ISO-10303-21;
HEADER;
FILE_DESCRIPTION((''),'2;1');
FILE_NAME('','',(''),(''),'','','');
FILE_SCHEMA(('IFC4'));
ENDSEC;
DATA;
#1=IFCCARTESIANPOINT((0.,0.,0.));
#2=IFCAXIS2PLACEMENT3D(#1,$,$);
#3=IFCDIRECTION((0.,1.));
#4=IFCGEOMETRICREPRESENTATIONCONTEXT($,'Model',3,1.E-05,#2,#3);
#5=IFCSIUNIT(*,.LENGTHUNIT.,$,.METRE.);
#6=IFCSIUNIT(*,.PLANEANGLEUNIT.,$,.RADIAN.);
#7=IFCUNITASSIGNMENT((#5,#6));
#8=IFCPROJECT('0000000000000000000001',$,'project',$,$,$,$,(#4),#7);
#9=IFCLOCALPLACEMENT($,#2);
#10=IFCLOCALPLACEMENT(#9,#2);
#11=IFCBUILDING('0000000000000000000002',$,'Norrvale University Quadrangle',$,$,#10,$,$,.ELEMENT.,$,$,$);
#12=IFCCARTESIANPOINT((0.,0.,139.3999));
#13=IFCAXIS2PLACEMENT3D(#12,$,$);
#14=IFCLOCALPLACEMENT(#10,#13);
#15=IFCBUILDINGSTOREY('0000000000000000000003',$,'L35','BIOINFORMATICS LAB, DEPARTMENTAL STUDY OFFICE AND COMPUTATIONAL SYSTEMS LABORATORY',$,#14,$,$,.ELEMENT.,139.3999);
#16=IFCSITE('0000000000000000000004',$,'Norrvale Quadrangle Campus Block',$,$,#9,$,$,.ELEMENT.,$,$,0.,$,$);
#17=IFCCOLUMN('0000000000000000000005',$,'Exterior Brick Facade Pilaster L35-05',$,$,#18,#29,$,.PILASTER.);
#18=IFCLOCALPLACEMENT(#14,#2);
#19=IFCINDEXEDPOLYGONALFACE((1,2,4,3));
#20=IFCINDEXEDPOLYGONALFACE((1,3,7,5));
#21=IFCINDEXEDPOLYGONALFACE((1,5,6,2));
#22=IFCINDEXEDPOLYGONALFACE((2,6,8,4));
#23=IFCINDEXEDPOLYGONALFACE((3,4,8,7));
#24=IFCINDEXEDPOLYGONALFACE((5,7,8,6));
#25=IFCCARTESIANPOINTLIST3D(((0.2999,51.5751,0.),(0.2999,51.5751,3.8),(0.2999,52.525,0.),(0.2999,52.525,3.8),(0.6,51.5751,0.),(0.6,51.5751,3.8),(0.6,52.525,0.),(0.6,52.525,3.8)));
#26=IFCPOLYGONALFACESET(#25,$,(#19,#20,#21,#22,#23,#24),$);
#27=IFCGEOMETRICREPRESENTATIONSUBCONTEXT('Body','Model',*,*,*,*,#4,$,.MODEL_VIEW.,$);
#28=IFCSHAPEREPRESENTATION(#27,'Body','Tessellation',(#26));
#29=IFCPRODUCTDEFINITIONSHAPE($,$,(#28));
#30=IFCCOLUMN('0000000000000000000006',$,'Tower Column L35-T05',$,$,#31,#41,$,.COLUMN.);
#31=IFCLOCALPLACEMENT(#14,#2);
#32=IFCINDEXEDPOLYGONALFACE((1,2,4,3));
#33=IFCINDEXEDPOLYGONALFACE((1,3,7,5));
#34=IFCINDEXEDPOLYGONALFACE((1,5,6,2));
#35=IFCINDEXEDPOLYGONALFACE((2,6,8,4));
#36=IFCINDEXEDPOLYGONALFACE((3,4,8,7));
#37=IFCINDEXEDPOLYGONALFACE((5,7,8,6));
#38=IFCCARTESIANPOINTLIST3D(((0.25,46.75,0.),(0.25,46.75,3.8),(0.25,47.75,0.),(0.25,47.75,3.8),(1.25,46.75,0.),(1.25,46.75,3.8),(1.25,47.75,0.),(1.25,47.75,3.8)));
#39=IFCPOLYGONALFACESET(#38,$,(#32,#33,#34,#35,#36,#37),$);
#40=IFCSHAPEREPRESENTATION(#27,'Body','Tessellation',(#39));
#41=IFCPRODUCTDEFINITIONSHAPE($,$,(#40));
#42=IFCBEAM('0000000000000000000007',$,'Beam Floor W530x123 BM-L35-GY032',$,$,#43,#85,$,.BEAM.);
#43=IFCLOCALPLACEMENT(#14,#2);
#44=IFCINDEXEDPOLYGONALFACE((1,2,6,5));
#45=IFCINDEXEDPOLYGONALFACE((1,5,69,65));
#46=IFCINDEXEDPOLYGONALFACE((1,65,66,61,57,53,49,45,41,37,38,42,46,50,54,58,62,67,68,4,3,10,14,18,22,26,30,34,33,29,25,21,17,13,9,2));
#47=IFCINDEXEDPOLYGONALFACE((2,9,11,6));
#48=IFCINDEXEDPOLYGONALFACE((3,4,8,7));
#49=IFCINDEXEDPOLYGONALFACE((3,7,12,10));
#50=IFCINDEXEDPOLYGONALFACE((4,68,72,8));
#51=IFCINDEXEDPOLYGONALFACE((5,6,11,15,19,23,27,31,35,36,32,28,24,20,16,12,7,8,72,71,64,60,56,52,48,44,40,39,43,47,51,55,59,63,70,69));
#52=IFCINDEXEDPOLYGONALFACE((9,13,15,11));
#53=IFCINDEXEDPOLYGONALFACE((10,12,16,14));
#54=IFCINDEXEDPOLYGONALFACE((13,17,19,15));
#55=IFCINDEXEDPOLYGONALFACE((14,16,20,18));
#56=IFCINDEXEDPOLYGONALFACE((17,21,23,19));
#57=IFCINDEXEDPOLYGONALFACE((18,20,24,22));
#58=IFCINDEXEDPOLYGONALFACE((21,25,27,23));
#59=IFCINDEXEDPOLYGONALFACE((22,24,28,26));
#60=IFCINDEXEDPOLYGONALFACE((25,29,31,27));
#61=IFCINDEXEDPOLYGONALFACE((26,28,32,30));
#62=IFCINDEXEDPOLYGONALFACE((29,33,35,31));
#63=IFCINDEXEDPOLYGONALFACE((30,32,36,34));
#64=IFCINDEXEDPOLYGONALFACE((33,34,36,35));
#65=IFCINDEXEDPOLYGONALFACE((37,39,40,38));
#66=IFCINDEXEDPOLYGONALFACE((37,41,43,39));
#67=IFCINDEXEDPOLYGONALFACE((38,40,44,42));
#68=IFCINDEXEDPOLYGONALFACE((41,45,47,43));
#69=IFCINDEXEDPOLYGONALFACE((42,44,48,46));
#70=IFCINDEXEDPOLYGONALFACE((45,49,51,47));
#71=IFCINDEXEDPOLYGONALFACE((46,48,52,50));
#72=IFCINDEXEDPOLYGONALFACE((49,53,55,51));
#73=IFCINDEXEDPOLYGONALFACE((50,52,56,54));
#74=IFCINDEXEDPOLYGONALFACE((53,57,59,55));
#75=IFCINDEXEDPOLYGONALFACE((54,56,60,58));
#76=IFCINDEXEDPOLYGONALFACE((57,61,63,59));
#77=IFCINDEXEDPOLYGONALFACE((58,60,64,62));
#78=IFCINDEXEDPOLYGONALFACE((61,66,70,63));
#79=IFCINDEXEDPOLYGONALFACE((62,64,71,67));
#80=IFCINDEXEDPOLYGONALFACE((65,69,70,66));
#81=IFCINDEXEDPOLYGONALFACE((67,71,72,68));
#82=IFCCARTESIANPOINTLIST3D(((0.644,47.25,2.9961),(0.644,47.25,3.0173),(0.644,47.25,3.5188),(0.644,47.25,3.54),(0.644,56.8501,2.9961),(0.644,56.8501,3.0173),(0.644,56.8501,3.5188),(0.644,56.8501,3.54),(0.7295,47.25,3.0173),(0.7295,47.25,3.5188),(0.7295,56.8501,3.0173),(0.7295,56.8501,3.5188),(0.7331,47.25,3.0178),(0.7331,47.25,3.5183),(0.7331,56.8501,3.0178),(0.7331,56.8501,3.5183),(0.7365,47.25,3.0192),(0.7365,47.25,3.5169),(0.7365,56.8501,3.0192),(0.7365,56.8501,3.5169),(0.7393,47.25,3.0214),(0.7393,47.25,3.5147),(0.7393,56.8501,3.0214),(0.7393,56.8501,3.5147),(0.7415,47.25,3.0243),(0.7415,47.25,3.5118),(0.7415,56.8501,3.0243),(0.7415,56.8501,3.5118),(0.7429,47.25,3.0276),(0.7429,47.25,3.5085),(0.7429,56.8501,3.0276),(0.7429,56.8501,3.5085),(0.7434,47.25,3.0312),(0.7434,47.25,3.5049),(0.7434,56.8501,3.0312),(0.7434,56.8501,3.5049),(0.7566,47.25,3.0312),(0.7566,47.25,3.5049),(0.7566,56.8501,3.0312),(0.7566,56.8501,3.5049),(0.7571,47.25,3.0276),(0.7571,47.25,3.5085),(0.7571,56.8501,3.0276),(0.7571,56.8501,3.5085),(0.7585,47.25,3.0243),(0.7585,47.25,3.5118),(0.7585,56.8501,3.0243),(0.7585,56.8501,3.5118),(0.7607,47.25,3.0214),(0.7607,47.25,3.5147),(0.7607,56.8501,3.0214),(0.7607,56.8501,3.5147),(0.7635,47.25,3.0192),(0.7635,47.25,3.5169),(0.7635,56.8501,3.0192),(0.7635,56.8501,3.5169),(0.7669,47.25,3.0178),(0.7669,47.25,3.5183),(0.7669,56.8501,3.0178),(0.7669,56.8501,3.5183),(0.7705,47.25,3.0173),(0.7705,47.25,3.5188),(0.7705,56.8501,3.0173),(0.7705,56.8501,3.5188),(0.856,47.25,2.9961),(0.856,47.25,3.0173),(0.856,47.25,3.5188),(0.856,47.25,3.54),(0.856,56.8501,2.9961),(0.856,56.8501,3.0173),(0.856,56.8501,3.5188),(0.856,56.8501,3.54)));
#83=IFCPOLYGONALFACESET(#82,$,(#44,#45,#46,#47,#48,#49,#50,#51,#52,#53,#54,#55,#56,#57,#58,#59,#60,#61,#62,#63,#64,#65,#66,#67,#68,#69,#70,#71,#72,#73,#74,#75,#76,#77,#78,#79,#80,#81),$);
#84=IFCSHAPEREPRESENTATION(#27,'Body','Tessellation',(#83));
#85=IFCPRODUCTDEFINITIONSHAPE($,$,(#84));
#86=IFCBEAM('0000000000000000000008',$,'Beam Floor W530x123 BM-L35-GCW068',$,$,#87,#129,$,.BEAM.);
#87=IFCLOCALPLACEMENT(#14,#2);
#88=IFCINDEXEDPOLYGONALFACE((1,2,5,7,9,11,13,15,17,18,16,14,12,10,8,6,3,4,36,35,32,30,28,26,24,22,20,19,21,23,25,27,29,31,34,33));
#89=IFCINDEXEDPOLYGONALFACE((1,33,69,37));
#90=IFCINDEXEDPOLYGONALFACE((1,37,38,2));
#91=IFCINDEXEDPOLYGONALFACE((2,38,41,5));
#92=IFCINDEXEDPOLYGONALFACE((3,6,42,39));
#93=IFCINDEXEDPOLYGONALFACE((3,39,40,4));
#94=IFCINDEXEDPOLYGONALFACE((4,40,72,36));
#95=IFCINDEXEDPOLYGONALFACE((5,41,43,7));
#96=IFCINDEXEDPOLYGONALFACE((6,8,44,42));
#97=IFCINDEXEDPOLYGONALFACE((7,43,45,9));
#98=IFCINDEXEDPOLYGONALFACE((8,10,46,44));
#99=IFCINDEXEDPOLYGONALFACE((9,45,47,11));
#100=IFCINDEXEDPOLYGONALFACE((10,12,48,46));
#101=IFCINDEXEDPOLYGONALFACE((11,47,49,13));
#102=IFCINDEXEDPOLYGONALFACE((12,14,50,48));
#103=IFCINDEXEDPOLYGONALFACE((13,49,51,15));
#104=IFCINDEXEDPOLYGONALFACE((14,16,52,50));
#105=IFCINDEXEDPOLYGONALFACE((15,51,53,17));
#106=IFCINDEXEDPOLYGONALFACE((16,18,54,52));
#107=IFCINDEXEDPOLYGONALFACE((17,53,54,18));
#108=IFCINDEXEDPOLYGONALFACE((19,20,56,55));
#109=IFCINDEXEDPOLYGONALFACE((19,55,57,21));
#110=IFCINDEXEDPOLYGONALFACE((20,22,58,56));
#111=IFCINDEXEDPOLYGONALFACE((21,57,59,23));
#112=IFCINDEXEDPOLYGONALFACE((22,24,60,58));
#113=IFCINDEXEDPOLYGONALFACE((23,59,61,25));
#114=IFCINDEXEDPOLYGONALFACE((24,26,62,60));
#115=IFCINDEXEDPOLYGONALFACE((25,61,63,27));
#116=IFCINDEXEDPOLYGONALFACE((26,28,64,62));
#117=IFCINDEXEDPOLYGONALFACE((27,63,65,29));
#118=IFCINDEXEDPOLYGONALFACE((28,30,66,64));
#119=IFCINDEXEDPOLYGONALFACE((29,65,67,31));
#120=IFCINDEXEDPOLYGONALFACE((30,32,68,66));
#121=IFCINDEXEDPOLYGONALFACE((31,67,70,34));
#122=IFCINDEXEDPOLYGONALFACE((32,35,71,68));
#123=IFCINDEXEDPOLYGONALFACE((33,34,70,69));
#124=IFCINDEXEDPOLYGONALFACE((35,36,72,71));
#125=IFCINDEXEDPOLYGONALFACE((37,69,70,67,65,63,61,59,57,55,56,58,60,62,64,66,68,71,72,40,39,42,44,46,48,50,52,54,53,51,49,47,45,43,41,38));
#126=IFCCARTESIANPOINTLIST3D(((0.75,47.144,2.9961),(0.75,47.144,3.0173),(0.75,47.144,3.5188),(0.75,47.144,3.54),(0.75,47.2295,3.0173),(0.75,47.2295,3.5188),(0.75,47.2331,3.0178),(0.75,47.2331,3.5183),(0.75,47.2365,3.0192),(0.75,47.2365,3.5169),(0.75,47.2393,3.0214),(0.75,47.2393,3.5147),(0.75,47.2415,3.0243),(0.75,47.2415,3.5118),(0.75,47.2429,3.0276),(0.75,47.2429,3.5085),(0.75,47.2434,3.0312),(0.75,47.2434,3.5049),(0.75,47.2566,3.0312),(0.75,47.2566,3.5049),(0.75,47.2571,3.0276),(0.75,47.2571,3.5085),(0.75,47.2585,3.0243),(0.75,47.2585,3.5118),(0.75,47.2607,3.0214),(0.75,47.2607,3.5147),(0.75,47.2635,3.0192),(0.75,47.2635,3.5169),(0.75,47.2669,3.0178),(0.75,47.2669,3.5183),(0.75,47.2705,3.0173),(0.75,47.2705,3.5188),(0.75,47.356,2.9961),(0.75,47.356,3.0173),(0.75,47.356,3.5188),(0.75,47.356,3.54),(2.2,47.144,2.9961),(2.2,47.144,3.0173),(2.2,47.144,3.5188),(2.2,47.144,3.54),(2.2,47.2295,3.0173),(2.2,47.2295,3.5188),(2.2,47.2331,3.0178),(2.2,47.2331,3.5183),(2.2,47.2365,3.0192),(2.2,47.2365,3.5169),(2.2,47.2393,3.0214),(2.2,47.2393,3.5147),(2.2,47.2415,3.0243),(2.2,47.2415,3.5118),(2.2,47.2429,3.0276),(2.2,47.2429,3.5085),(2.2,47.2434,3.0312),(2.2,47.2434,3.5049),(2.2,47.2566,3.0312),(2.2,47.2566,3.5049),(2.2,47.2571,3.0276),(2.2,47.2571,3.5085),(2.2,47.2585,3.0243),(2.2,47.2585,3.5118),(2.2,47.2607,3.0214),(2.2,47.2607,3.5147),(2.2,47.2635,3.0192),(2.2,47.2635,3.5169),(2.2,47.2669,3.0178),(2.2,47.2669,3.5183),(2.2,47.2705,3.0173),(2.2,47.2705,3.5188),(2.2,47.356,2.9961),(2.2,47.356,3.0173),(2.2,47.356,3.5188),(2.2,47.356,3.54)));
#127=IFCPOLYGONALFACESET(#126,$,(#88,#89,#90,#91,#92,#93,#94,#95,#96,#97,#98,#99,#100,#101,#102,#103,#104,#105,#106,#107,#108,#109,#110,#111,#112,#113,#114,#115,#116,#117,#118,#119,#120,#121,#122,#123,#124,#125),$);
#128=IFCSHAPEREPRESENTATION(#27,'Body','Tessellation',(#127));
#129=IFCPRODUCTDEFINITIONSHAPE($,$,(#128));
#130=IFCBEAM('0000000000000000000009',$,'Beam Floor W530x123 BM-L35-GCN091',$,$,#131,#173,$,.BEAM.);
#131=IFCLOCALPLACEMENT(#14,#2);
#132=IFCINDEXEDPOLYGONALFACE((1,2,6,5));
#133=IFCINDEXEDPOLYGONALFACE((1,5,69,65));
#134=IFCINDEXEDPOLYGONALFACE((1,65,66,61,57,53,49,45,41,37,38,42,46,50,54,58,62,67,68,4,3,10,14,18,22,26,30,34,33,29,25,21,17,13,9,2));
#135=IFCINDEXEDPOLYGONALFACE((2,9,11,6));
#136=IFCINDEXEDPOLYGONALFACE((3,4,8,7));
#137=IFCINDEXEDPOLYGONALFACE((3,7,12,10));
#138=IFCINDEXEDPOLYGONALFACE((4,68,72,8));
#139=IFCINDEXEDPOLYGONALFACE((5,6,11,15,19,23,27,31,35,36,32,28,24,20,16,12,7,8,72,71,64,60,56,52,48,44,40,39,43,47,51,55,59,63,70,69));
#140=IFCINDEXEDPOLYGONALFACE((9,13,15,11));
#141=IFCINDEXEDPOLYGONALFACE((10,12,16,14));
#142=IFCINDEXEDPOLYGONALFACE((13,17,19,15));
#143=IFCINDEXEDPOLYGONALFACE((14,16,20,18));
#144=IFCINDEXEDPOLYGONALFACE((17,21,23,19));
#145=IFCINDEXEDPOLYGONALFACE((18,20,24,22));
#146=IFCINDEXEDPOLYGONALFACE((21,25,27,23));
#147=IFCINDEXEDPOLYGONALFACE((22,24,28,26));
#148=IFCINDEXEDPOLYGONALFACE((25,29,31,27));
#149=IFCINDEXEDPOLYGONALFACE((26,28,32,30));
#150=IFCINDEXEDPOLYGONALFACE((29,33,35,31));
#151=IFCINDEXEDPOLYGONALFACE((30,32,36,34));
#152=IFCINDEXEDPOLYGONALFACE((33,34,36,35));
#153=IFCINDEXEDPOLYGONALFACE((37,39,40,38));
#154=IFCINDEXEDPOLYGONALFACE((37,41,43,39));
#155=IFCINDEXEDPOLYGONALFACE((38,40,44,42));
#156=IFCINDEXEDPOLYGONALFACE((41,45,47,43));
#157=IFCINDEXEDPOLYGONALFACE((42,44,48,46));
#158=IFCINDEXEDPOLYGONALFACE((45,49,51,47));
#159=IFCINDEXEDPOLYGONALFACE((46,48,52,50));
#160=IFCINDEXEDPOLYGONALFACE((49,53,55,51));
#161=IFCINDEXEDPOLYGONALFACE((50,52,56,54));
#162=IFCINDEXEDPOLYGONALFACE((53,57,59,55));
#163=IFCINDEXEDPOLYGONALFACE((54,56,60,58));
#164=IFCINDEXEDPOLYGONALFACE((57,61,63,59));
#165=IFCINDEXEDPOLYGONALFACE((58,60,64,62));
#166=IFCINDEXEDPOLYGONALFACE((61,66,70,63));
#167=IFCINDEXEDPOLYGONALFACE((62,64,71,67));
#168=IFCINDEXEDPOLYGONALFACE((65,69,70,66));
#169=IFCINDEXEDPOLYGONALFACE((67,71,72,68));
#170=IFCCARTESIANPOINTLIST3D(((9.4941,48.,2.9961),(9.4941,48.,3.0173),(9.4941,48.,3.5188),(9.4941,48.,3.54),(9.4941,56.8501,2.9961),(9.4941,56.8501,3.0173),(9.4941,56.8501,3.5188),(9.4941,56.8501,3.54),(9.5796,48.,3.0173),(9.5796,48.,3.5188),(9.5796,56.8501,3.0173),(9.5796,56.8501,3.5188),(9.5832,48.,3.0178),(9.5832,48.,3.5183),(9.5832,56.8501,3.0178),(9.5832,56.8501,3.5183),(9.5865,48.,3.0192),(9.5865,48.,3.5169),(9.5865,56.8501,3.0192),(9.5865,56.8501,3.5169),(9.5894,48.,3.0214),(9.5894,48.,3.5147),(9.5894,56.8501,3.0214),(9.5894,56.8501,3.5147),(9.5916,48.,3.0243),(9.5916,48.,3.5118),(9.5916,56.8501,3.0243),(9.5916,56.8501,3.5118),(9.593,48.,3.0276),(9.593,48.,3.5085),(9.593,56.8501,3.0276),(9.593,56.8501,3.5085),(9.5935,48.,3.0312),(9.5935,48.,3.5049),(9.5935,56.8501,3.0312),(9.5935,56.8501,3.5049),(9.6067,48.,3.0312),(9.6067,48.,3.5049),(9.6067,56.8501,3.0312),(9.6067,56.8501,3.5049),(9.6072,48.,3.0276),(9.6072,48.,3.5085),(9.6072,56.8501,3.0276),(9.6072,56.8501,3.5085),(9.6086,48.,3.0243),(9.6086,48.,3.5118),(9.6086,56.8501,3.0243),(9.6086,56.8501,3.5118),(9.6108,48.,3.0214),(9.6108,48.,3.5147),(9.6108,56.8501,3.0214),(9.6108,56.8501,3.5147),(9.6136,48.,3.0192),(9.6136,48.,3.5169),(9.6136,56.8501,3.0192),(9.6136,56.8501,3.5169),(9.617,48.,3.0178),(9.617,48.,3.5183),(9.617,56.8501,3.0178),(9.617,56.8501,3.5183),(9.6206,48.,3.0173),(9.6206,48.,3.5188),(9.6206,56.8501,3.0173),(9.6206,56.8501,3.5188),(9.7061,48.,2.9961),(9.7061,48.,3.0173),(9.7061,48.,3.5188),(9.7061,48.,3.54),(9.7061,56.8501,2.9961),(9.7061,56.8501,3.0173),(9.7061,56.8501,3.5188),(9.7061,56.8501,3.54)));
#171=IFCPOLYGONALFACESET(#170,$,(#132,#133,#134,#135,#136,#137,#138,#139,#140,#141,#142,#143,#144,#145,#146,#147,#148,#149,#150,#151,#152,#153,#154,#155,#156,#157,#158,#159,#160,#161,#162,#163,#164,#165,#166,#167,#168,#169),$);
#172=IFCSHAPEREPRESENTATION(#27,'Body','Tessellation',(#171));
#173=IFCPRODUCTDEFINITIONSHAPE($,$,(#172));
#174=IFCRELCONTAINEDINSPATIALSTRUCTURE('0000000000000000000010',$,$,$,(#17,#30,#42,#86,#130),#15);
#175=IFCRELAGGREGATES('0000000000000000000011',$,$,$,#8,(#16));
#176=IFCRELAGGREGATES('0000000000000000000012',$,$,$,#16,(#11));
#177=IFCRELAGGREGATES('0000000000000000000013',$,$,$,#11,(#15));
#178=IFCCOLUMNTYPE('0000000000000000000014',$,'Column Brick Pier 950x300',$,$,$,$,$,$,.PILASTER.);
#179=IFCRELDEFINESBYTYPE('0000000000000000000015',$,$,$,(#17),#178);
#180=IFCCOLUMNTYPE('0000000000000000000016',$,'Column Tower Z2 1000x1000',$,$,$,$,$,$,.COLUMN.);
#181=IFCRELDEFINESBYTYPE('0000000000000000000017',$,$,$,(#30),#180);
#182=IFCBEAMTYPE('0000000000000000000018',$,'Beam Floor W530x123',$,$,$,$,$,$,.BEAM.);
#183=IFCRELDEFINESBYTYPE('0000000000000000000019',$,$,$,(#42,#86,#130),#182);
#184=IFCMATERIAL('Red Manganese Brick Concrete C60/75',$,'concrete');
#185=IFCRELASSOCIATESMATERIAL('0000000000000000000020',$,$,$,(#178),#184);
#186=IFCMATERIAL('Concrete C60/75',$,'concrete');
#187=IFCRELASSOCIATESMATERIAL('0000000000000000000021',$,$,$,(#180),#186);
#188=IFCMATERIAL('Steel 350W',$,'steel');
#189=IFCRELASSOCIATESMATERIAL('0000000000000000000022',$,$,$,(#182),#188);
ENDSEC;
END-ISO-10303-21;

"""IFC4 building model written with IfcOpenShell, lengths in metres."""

from ifc_helpers import new_model, si_unit, direction, frame, origin, origin_2d, place, context, subcontext, project, spatial, rectangle, i_section, extrude, material, material_profile, profile_set, type_object, element, save


model = new_model("IFC4")

# Units and contexts
model_context = context("Model", 3, precision=1e-05, world=origin(), true_north=direction((0.0, 1.0)))
body_context = subcontext(model_context, "Body", "Model", "MODEL_VIEW")
ifc_project = project(units=[si_unit("LENGTHUNIT", "METRE"), si_unit("PLANEANGLEUNIT", "RADIAN")], contexts=[model_context])

# Site, building, storey
site_placement = place(None, origin())
site = spatial("IfcSite", under=ifc_project, at=site_placement, Name="Norrvale Quadrangle Campus Block", CompositionType="ELEMENT", RefElevation=0.0)
building_placement = place(site_placement, origin())
building = spatial("IfcBuilding", under=site, at=building_placement, Name="Norrvale University Quadrangle", CompositionType="ELEMENT")
storey_placement = place(building_placement, frame((0.0, 0.0, 139.3999)))
storey = spatial("IfcBuildingStorey", under=building, at=storey_placement, Name="L35", Description="BIOINFORMATICS LAB, DEPARTMENTAL STUDY OFFICE AND COMPUTATIONAL SYSTEMS LABORATORY", CompositionType="ELEMENT", Elevation=139.3999)

# Columns
ifc_material_1 = material(Name="Red Manganese Brick Concrete C60/75", Category="concrete")
ifc_material_profile_1 = material_profile(ifc_material_1, rectangle(XDim=0.95, YDim=0.3, at=origin_2d()), Name="Red Manganese Brick Concrete C60/75")
ifc_profile_set_1 = profile_set([ifc_material_profile_1], Name="Red Manganese Brick Concrete C60/75")
column_type_1 = type_object("IfcColumnType", Name="Column Brick Pier 950x300", PredefinedType="PILASTER", material=ifc_profile_set_1)
column_1_placement = place(storey_placement, frame((0.45, 52.05, 0.0), z_axis=(0.0, 0.0, 1.0), x_axis=(0.0, 1.0, 0.0)))
element("IfcColumn", 1, at=column_1_placement, inside=storey, type_object=column_type_1, Name="Exterior Brick Facade Pilaster L35-05", PredefinedType="PILASTER", context=body_context, shape_type="SweptSolid", body=[
    extrude(rectangle(XDim=0.95, YDim=0.3, at=origin_2d()), origin(), (0.0, 0.0, 1.0), 3.8),
])
ifc_material_2 = material(Name="Concrete C60/75", Category="concrete")
ifc_material_profile_2 = material_profile(ifc_material_2, rectangle(XDim=1.0, YDim=1.0, at=origin_2d()), Name="Concrete C60/75")
ifc_profile_set_2 = profile_set([ifc_material_profile_2], Name="Concrete C60/75")
column_type_2 = type_object("IfcColumnType", Name="Column Tower Z2 1000x1000", PredefinedType="COLUMN", material=ifc_profile_set_2)
column_2_placement = place(storey_placement, frame((0.75, 47.25, 0.0), z_axis=(0.0, 0.0, 1.0), x_axis=(1.0, 0.0, 0.0)))
element("IfcColumn", 2, at=column_2_placement, inside=storey, type_object=column_type_2, Name="Tower Column L35-T05", PredefinedType="COLUMN", context=body_context, shape_type="SweptSolid", body=[
    extrude(rectangle(XDim=1.0, YDim=1.0, at=origin_2d()), origin(), (0.0, 0.0, 1.0), 3.8),
])

# Beams
ifc_material_3 = material(Name="Steel 350W", Category="steel")
ifc_material_profile_3 = material_profile(ifc_material_3, i_section(OverallWidth=0.2119, OverallDepth=0.5439, WebThickness=0.0132, FlangeThickness=0.0212, FilletRadius=0.0139, at=origin_2d()), Name="Steel 350W")
ifc_profile_set_3 = profile_set([ifc_material_profile_3], Name="Steel 350W")
beam_type_1 = type_object("IfcBeamType", Name="Beam Floor W530x123", PredefinedType="BEAM", material=ifc_profile_set_3)
beam_1_placement = place(storey_placement, frame((0.75, 47.25, 3.2681), z_axis=(0.0, 1.0, 0.0), x_axis=(-1.0, 0.0, 0.0)))
element("IfcBeam", 3, at=beam_1_placement, inside=storey, type_object=beam_type_1, Name="Beam Floor W530x123 BM-L35-GY032", PredefinedType="BEAM", context=body_context, shape_type="SweptSolid", body=[
    extrude(i_section(OverallWidth=0.2119, OverallDepth=0.5439, WebThickness=0.0132, FlangeThickness=0.0212, FilletRadius=0.0139, at=origin_2d()), origin(), (0.0, 0.0, 1.0), 9.6001),
])
beam_2_placement = place(storey_placement, frame((0.75, 47.25, 3.2681), z_axis=(1.0, 0.0, 0.0), x_axis=(0.0, 1.0, 0.0)))
element("IfcBeam", 4, at=beam_2_placement, inside=storey, type_object=beam_type_1, Name="Beam Floor W530x123 BM-L35-GCW068", PredefinedType="BEAM", context=body_context, shape_type="SweptSolid", body=[
    extrude(i_section(OverallWidth=0.2119, OverallDepth=0.5439, WebThickness=0.0132, FlangeThickness=0.0212, FilletRadius=0.0139, at=origin_2d()), origin(), (0.0, 0.0, 1.0), 1.45),
])
beam_3_placement = place(storey_placement, frame((9.6001, 48.0, 3.2681), z_axis=(0.0, 1.0, 0.0), x_axis=(-1.0, 0.0, 0.0)))
element("IfcBeam", 5, at=beam_3_placement, inside=storey, type_object=beam_type_1, Name="Beam Floor W530x123 BM-L35-GCN091", PredefinedType="BEAM", context=body_context, shape_type="SweptSolid", body=[
    extrude(i_section(OverallWidth=0.2119, OverallDepth=0.5439, WebThickness=0.0132, FlangeThickness=0.0212, FilletRadius=0.0139, at=origin_2d()), origin(), (0.0, 0.0, 1.0), 8.8501),
])

save(model, "model.ifc")
